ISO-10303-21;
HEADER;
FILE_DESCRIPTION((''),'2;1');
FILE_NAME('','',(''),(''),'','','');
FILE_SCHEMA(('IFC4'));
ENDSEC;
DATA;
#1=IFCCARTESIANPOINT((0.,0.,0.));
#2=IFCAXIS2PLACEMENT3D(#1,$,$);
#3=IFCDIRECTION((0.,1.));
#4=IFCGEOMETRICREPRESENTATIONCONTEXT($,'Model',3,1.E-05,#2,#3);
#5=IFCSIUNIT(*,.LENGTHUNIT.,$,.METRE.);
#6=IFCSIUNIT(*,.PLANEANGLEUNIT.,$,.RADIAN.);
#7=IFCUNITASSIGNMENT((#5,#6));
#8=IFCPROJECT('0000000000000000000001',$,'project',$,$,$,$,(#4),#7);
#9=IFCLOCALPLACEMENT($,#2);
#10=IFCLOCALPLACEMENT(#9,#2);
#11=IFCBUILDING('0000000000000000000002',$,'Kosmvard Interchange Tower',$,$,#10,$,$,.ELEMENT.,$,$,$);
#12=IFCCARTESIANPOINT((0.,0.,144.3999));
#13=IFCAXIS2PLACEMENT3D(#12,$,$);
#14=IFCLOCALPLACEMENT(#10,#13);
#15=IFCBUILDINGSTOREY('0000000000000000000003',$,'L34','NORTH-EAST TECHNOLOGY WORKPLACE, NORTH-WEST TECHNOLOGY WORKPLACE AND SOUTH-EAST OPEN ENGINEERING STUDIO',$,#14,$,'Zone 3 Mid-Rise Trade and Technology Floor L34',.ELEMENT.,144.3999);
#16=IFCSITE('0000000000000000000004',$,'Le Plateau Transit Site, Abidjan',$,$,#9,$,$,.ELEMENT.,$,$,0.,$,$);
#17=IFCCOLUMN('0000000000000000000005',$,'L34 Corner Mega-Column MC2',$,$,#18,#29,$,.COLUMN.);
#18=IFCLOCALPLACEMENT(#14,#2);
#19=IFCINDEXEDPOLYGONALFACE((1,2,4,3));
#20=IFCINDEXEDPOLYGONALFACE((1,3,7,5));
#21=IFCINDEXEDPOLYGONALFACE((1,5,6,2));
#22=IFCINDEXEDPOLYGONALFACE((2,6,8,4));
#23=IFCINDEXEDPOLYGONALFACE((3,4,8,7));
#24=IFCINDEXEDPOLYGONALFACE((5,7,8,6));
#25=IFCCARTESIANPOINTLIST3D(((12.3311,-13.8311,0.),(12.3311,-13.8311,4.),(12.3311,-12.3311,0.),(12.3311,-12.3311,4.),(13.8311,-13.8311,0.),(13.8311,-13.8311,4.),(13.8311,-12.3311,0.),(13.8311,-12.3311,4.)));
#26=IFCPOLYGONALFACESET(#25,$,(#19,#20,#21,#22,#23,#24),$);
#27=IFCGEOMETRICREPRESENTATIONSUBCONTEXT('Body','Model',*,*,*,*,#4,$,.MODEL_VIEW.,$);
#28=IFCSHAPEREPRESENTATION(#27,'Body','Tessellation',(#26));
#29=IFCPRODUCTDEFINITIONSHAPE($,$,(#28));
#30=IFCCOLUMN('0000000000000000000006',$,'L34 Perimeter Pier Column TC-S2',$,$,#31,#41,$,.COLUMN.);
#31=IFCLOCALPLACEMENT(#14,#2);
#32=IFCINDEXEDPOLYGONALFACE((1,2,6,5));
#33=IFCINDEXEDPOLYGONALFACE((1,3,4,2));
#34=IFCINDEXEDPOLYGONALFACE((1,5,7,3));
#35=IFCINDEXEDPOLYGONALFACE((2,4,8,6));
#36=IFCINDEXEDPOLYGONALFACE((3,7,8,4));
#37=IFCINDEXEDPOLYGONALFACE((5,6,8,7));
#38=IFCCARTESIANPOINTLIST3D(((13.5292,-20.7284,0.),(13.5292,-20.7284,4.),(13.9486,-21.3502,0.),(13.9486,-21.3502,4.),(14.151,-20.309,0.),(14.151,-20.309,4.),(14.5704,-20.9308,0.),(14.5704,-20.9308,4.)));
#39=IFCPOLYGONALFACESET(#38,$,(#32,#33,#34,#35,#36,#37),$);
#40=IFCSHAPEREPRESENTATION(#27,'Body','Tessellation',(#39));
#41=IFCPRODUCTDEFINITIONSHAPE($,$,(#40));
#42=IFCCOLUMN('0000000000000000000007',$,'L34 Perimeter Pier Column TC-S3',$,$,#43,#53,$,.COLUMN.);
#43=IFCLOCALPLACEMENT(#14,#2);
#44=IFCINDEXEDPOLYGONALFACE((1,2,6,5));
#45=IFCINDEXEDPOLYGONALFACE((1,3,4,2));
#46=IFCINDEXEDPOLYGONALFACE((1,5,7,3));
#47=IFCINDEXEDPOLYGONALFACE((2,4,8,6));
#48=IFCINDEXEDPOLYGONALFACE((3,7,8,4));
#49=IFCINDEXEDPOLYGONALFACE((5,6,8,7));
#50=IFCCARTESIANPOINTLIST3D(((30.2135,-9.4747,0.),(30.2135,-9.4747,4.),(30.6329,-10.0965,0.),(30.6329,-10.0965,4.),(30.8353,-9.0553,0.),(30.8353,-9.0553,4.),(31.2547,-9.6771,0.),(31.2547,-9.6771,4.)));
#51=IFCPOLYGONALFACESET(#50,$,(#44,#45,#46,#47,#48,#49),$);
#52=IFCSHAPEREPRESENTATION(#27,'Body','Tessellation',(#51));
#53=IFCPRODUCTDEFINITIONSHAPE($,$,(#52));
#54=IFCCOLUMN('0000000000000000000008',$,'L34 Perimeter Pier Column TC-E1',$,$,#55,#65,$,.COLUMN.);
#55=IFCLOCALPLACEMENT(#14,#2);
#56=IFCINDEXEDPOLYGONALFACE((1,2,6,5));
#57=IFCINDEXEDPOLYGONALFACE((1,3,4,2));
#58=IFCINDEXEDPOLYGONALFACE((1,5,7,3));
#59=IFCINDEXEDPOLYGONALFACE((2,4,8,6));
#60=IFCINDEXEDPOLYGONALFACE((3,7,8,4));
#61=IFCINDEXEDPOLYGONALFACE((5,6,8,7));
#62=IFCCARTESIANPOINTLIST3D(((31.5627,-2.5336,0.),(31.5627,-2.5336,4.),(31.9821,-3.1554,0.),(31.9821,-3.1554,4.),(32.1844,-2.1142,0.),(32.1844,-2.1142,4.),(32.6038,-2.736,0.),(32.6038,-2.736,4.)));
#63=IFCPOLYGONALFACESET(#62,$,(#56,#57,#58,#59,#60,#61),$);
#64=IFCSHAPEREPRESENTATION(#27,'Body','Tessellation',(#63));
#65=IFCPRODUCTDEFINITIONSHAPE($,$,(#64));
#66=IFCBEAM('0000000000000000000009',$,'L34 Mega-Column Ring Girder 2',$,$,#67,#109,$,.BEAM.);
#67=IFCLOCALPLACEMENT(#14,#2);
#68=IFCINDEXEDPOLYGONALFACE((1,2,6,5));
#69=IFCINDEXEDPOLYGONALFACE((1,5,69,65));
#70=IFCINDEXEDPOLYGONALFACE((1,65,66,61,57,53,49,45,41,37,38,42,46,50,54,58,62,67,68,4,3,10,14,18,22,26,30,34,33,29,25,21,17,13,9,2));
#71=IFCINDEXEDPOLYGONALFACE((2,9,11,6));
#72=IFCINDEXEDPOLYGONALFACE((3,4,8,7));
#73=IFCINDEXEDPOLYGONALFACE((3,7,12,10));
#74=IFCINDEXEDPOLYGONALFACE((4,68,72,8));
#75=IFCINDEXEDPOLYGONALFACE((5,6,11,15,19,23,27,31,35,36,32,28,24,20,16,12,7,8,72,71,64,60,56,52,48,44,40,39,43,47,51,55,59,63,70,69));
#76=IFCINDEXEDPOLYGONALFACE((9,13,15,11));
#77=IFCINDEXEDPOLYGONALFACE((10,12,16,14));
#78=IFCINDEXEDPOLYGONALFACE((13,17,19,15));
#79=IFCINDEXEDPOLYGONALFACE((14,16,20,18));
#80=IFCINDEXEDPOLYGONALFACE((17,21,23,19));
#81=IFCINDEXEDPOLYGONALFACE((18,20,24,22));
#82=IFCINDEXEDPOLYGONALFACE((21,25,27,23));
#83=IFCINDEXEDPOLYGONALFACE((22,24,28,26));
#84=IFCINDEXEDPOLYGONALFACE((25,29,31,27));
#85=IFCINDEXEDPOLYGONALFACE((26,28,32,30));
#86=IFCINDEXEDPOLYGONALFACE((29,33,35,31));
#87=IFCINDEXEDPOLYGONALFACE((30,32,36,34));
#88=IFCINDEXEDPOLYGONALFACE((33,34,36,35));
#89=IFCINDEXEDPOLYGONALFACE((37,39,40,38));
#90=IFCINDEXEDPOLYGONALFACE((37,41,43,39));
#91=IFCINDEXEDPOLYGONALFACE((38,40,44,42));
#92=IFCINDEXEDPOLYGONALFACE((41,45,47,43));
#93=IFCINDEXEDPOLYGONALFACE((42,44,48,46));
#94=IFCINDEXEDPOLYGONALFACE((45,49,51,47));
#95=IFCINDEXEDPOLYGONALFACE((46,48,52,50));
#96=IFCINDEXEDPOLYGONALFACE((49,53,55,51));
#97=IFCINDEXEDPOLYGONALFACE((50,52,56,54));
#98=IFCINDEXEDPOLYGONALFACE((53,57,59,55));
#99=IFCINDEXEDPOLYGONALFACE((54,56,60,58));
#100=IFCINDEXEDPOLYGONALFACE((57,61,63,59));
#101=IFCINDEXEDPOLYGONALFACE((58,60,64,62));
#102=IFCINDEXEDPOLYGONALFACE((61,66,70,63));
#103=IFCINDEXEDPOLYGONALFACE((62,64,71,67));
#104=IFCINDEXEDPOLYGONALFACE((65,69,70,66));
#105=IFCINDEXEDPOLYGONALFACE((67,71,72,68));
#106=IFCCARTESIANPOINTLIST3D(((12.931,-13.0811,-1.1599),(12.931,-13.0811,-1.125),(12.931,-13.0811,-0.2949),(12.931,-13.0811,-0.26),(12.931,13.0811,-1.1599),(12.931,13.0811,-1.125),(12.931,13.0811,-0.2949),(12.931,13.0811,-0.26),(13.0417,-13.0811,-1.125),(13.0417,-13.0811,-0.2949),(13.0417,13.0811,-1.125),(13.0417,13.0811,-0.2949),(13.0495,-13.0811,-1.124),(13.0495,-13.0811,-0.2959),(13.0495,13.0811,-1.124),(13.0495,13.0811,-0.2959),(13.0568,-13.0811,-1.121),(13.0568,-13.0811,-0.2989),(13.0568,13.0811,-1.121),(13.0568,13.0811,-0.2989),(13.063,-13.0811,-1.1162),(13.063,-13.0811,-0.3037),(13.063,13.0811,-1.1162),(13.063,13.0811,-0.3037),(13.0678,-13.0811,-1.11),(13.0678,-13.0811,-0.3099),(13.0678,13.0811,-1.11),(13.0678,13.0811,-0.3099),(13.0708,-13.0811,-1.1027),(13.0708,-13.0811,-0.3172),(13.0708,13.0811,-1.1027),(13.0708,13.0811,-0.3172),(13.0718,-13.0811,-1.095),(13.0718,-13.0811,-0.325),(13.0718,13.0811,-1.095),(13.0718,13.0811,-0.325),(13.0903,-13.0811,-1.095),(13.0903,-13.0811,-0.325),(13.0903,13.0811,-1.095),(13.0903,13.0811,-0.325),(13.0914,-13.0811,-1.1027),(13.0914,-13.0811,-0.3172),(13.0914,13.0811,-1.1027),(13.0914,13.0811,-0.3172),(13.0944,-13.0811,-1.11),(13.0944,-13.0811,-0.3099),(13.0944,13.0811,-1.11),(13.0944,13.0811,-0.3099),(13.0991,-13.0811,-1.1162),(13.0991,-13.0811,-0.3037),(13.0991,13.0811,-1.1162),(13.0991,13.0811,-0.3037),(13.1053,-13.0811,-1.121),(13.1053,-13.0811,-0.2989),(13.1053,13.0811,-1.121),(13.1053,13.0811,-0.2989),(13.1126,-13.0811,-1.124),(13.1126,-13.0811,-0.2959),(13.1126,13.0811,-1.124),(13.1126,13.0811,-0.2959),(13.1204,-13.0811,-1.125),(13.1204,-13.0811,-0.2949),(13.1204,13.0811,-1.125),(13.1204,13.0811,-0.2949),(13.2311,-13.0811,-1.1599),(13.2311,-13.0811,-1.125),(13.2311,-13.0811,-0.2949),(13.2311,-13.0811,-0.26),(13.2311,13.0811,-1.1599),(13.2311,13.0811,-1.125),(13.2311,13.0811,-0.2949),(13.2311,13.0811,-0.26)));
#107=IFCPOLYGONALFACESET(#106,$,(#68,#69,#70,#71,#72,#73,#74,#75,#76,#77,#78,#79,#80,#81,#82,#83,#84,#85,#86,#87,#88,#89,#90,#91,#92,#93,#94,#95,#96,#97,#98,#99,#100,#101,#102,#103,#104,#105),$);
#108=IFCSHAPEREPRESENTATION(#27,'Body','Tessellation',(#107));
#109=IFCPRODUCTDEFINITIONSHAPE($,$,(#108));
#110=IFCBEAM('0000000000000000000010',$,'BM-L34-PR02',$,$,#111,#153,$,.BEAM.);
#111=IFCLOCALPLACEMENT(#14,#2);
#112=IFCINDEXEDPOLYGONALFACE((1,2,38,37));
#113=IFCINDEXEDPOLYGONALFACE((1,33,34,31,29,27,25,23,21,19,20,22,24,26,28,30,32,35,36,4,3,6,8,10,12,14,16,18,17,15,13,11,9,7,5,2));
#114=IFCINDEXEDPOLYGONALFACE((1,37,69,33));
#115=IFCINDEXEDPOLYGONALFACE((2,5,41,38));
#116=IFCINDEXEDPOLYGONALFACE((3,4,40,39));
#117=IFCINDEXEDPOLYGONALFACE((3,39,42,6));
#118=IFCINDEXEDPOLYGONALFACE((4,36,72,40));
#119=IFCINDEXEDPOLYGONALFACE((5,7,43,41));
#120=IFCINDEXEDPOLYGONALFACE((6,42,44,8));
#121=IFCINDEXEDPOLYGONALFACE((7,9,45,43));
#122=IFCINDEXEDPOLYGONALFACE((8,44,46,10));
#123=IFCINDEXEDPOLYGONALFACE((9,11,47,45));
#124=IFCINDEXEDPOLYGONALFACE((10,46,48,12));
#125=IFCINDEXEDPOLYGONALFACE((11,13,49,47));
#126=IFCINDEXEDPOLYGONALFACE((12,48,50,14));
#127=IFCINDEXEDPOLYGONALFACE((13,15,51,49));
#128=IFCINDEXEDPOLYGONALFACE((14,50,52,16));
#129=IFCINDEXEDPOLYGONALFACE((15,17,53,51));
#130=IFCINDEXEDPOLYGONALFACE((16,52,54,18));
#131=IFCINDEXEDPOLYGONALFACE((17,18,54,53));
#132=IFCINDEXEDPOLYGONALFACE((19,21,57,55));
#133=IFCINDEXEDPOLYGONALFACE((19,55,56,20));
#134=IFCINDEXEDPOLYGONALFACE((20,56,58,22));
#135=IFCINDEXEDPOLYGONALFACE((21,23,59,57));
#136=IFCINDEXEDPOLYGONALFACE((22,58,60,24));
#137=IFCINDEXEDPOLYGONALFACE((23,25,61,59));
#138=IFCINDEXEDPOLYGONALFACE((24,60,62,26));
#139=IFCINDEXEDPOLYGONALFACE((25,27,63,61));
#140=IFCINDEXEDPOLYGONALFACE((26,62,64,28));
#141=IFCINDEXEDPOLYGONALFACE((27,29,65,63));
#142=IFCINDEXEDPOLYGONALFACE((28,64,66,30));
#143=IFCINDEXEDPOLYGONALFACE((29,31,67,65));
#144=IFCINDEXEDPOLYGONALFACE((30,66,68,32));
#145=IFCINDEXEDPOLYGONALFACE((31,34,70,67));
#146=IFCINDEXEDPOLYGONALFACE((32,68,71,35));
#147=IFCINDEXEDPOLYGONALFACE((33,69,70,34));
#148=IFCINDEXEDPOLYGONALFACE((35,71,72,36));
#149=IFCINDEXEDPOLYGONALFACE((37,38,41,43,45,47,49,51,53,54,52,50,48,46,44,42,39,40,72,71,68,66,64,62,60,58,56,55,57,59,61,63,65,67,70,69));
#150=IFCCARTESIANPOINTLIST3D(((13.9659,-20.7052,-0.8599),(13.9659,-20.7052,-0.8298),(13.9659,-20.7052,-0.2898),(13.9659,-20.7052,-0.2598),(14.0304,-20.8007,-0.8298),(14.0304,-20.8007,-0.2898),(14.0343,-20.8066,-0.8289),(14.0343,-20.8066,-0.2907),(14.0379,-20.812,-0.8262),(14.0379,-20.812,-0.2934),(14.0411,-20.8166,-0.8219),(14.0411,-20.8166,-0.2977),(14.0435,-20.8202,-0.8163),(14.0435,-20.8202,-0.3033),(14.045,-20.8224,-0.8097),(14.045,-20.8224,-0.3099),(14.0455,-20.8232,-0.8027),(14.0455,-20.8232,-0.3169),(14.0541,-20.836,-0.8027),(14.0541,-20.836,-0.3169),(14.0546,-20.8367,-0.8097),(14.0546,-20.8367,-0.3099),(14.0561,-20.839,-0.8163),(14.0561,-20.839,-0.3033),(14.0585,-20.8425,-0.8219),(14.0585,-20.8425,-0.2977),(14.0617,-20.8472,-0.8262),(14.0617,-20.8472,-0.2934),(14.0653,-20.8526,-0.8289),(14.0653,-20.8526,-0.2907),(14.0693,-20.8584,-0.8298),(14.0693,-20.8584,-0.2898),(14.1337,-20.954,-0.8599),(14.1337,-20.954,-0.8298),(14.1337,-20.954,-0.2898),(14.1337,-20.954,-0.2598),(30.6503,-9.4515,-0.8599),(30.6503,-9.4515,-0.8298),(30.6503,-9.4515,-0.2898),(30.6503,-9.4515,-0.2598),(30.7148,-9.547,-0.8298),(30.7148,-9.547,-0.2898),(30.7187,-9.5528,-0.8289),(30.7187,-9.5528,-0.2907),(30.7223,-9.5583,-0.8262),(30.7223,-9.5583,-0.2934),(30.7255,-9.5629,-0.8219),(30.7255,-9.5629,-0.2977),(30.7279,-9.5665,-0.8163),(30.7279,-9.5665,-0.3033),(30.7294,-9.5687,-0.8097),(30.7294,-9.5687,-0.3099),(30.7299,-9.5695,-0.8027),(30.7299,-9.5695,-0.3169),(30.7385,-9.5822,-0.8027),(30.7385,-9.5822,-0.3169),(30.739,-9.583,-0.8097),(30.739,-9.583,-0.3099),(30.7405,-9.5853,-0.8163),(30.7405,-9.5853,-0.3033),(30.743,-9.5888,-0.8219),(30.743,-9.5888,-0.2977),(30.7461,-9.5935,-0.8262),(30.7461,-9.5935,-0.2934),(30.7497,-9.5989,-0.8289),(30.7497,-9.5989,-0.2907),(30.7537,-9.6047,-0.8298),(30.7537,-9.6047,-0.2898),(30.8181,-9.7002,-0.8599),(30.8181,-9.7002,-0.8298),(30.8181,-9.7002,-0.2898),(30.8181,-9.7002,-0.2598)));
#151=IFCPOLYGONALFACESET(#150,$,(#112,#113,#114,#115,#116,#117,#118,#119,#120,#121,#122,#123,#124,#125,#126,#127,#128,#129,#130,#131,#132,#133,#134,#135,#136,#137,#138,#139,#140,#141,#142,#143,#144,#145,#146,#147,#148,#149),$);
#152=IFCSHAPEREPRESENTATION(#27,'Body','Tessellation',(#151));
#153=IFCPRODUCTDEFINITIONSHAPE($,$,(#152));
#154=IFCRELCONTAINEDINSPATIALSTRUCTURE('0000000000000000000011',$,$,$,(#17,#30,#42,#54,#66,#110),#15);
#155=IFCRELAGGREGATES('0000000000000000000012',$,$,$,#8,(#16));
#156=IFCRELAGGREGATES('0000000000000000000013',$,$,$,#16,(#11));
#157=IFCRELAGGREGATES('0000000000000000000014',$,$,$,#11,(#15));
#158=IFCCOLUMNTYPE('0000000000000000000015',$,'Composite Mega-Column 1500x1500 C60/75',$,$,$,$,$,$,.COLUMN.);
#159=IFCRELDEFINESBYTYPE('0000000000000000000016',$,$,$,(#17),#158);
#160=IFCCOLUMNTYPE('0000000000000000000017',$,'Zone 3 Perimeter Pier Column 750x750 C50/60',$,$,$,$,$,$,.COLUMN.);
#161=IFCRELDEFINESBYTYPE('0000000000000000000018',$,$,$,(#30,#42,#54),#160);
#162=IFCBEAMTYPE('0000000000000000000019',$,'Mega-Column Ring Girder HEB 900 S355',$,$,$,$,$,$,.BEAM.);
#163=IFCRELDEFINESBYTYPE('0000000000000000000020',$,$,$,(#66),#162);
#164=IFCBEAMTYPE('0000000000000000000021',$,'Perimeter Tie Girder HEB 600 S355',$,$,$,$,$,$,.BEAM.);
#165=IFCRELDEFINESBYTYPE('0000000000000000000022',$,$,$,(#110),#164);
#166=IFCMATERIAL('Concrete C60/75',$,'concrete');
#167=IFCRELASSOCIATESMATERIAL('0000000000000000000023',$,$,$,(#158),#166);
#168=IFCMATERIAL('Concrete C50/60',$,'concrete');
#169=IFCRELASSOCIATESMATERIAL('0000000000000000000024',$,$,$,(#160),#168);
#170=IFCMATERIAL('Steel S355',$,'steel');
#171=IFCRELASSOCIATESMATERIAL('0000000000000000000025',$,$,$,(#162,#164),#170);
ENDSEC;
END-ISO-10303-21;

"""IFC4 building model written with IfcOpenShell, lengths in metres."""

from ifc_helpers import new_model, si_unit, direction, frame, origin, origin_2d, place, context, subcontext, project, spatial, rectangle, i_section, extrude, source, transform, mapped, material, material_profile, profile_set, type_object, element, save


model = new_model("IFC4")

# Units and contexts
model_context = context("Model", 3, precision=1e-05, world=origin(), true_north=direction((0.0, 1.0)))
body_context = subcontext(model_context, "Body", "Model", "MODEL_VIEW")
ifc_project = project(units=[si_unit("LENGTHUNIT", "METRE"), si_unit("PLANEANGLEUNIT", "RADIAN")], contexts=[model_context])

# Site, building, storey
site_placement = place(None, origin())
site = spatial("IfcSite", under=ifc_project, at=site_placement, Name="Le Plateau Transit Site, Abidjan", CompositionType="ELEMENT", RefElevation=0.0)
building_placement = place(site_placement, origin())
building = spatial("IfcBuilding", under=site, at=building_placement, Name="Kosmvard Interchange Tower", CompositionType="ELEMENT")
storey_placement = place(building_placement, frame((0.0, 0.0, 144.3999)))
storey = spatial("IfcBuildingStorey", under=building, at=storey_placement, Name="L34", Description="NORTH-EAST TECHNOLOGY WORKPLACE, NORTH-WEST TECHNOLOGY WORKPLACE AND SOUTH-EAST OPEN ENGINEERING STUDIO", LongName="Zone 3 Mid-Rise Trade and Technology Floor L34", CompositionType="ELEMENT", Elevation=144.3999)

# Columns
ifc_material_1 = material(Name="Concrete C60/75", Category="concrete")
ifc_material_profile_1 = material_profile(ifc_material_1, rectangle(XDim=1.5, YDim=1.5, at=origin_2d()), Name="MC 1500x1500")
ifc_profile_set_1 = profile_set([ifc_material_profile_1], Name="Concrete C60/75")
column_type_1 = type_object("IfcColumnType", Name="Composite Mega-Column 1500x1500 C60/75", PredefinedType="COLUMN", material=ifc_profile_set_1)
shared_shape_1 = source(origin(), body_context, "Body", "SweptSolid", [
    extrude(rectangle(XDim=1.5, YDim=1.5, at=origin_2d()), origin(), (0.0, 0.0, 1.0), 4.0),
])
column_placement = place(storey_placement, frame((13.0811, -13.0811, 0.0), z_axis=(0.0, 0.0, 1.0), x_axis=(1.0, 0.0, 0.0)))
element("IfcColumn", 1, at=column_placement, inside=storey, type_object=column_type_1, Name="L34 Corner Mega-Column MC2", PredefinedType="COLUMN", context=body_context, shape_type="MappedRepresentation", body=[
    mapped(shared_shape_1, transform((0.0, 0.0, 0.0), scale=1.0)),
])
ifc_material_2 = material(Name="Concrete C50/60", Category="concrete")
ifc_material_profile_2 = material_profile(ifc_material_2, rectangle(XDim=0.75, YDim=0.75, at=origin_2d()), Name="TC 750x750")
ifc_profile_set_2 = profile_set([ifc_material_profile_2], Name="Concrete C50/60")
column_type_2 = type_object("IfcColumnType", Name="Zone 3 Perimeter Pier Column 750x750 C50/60", PredefinedType="COLUMN", material=ifc_profile_set_2)
shared_shape_2 = source(origin(), body_context, "Body", "SweptSolid", [
    extrude(rectangle(XDim=0.75, YDim=0.75, at=origin_2d()), origin(), (0.0, 0.0, 1.0), 4.0),
])
for number, where, z_axis, x_axis, name in (
    (2, (14.0498, -20.8296, 0.0), (0.0, 0.0, 1.0), (0.829038, 0.559193, 0.0), "L34 Perimeter Pier Column TC-S2"),
    (3, (30.7341, -9.5759, 0.0), (0.0, 0.0, 1.0), (0.829038, 0.559193, 0.0), "L34 Perimeter Pier Column TC-S3"),
    (4, (32.0833, -2.6348, 0.0), (0.0, 0.0, 1.0), (0.829038, 0.559193, 0.0), "L34 Perimeter Pier Column TC-E1"),
):
    element("IfcColumn", number, at=place(storey_placement, frame(where, z_axis=z_axis, x_axis=x_axis)), inside=storey, type_object=column_type_2, Name=name, PredefinedType="COLUMN", context=body_context, shape_type="MappedRepresentation", body=[
        mapped(shared_shape_2, transform((0.0, 0.0, 0.0), scale=1.0)),
    ])

# Beams
ifc_material_3 = material(Name="Steel S355", Category="steel")
ifc_material_profile_3 = material_profile(ifc_material_3, i_section(OverallWidth=0.3, OverallDepth=0.8999, WebThickness=0.0186, FlangeThickness=0.0349, FilletRadius=0.03, at=origin_2d()), Name="HEB 900")
ifc_profile_set_3 = profile_set([ifc_material_profile_3], Name="Steel S355")
beam_type_1 = type_object("IfcBeamType", Name="Mega-Column Ring Girder HEB 900 S355", PredefinedType="BEAM", material=ifc_profile_set_3)
shared_shape_3 = source(origin(), body_context, "Body", "SweptSolid", [
    extrude(i_section(OverallWidth=0.3, OverallDepth=0.8999, WebThickness=0.0186, FlangeThickness=0.0349, FilletRadius=0.03, at=origin_2d()), origin(), (0.0, 0.0, 1.0), 26.1621),
])
beam_1_placement = place(storey_placement, frame((13.0811, -13.0811, -0.71), z_axis=(0.0, 1.0, 0.0), x_axis=(-1.0, 0.0, 0.0)))
element("IfcBeam", 5, at=beam_1_placement, inside=storey, type_object=beam_type_1, Name="L34 Mega-Column Ring Girder 2", PredefinedType="BEAM", context=body_context, shape_type="MappedRepresentation", body=[
    mapped(shared_shape_3, transform((0.0, 0.0, 0.0), scale=1.0)),
])
ifc_material_profile_4 = material_profile(ifc_material_3, i_section(OverallWidth=0.3, OverallDepth=0.6001, WebThickness=0.0154, FlangeThickness=0.03, FilletRadius=0.0271, at=origin_2d()), Name="HEB 600")
ifc_profile_set_4 = profile_set([ifc_material_profile_4], Name="Steel S355")
beam_type_2 = type_object("IfcBeamType", Name="Perimeter Tie Girder HEB 600 S355", PredefinedType="BEAM", material=ifc_profile_set_4)
shared_shape_4 = source(origin(), body_context, "Body", "SweptSolid", [
    extrude(i_section(OverallWidth=0.3, OverallDepth=0.6001, WebThickness=0.0154, FlangeThickness=0.03, FilletRadius=0.0271, at=origin_2d()), origin(), (0.0, 0.0, 1.0), 20.125),
])
for number, where, z_axis, x_axis, name in (
    (6, (14.0498, -20.8296, -0.5598), (0.829039, 0.559191, 0.0), (-0.559191, 0.829039, 0.0), "BM-L34-PR02"),
):
    element("IfcBeam", number, at=place(storey_placement, frame(where, z_axis=z_axis, x_axis=x_axis)), inside=storey, type_object=beam_type_2, Name=name, PredefinedType="BEAM", context=body_context, shape_type="MappedRepresentation", body=[
        mapped(shared_shape_4, transform((0.0, 0.0, 0.0), scale=1.0)),
    ])

save(model, "model.ifc")
